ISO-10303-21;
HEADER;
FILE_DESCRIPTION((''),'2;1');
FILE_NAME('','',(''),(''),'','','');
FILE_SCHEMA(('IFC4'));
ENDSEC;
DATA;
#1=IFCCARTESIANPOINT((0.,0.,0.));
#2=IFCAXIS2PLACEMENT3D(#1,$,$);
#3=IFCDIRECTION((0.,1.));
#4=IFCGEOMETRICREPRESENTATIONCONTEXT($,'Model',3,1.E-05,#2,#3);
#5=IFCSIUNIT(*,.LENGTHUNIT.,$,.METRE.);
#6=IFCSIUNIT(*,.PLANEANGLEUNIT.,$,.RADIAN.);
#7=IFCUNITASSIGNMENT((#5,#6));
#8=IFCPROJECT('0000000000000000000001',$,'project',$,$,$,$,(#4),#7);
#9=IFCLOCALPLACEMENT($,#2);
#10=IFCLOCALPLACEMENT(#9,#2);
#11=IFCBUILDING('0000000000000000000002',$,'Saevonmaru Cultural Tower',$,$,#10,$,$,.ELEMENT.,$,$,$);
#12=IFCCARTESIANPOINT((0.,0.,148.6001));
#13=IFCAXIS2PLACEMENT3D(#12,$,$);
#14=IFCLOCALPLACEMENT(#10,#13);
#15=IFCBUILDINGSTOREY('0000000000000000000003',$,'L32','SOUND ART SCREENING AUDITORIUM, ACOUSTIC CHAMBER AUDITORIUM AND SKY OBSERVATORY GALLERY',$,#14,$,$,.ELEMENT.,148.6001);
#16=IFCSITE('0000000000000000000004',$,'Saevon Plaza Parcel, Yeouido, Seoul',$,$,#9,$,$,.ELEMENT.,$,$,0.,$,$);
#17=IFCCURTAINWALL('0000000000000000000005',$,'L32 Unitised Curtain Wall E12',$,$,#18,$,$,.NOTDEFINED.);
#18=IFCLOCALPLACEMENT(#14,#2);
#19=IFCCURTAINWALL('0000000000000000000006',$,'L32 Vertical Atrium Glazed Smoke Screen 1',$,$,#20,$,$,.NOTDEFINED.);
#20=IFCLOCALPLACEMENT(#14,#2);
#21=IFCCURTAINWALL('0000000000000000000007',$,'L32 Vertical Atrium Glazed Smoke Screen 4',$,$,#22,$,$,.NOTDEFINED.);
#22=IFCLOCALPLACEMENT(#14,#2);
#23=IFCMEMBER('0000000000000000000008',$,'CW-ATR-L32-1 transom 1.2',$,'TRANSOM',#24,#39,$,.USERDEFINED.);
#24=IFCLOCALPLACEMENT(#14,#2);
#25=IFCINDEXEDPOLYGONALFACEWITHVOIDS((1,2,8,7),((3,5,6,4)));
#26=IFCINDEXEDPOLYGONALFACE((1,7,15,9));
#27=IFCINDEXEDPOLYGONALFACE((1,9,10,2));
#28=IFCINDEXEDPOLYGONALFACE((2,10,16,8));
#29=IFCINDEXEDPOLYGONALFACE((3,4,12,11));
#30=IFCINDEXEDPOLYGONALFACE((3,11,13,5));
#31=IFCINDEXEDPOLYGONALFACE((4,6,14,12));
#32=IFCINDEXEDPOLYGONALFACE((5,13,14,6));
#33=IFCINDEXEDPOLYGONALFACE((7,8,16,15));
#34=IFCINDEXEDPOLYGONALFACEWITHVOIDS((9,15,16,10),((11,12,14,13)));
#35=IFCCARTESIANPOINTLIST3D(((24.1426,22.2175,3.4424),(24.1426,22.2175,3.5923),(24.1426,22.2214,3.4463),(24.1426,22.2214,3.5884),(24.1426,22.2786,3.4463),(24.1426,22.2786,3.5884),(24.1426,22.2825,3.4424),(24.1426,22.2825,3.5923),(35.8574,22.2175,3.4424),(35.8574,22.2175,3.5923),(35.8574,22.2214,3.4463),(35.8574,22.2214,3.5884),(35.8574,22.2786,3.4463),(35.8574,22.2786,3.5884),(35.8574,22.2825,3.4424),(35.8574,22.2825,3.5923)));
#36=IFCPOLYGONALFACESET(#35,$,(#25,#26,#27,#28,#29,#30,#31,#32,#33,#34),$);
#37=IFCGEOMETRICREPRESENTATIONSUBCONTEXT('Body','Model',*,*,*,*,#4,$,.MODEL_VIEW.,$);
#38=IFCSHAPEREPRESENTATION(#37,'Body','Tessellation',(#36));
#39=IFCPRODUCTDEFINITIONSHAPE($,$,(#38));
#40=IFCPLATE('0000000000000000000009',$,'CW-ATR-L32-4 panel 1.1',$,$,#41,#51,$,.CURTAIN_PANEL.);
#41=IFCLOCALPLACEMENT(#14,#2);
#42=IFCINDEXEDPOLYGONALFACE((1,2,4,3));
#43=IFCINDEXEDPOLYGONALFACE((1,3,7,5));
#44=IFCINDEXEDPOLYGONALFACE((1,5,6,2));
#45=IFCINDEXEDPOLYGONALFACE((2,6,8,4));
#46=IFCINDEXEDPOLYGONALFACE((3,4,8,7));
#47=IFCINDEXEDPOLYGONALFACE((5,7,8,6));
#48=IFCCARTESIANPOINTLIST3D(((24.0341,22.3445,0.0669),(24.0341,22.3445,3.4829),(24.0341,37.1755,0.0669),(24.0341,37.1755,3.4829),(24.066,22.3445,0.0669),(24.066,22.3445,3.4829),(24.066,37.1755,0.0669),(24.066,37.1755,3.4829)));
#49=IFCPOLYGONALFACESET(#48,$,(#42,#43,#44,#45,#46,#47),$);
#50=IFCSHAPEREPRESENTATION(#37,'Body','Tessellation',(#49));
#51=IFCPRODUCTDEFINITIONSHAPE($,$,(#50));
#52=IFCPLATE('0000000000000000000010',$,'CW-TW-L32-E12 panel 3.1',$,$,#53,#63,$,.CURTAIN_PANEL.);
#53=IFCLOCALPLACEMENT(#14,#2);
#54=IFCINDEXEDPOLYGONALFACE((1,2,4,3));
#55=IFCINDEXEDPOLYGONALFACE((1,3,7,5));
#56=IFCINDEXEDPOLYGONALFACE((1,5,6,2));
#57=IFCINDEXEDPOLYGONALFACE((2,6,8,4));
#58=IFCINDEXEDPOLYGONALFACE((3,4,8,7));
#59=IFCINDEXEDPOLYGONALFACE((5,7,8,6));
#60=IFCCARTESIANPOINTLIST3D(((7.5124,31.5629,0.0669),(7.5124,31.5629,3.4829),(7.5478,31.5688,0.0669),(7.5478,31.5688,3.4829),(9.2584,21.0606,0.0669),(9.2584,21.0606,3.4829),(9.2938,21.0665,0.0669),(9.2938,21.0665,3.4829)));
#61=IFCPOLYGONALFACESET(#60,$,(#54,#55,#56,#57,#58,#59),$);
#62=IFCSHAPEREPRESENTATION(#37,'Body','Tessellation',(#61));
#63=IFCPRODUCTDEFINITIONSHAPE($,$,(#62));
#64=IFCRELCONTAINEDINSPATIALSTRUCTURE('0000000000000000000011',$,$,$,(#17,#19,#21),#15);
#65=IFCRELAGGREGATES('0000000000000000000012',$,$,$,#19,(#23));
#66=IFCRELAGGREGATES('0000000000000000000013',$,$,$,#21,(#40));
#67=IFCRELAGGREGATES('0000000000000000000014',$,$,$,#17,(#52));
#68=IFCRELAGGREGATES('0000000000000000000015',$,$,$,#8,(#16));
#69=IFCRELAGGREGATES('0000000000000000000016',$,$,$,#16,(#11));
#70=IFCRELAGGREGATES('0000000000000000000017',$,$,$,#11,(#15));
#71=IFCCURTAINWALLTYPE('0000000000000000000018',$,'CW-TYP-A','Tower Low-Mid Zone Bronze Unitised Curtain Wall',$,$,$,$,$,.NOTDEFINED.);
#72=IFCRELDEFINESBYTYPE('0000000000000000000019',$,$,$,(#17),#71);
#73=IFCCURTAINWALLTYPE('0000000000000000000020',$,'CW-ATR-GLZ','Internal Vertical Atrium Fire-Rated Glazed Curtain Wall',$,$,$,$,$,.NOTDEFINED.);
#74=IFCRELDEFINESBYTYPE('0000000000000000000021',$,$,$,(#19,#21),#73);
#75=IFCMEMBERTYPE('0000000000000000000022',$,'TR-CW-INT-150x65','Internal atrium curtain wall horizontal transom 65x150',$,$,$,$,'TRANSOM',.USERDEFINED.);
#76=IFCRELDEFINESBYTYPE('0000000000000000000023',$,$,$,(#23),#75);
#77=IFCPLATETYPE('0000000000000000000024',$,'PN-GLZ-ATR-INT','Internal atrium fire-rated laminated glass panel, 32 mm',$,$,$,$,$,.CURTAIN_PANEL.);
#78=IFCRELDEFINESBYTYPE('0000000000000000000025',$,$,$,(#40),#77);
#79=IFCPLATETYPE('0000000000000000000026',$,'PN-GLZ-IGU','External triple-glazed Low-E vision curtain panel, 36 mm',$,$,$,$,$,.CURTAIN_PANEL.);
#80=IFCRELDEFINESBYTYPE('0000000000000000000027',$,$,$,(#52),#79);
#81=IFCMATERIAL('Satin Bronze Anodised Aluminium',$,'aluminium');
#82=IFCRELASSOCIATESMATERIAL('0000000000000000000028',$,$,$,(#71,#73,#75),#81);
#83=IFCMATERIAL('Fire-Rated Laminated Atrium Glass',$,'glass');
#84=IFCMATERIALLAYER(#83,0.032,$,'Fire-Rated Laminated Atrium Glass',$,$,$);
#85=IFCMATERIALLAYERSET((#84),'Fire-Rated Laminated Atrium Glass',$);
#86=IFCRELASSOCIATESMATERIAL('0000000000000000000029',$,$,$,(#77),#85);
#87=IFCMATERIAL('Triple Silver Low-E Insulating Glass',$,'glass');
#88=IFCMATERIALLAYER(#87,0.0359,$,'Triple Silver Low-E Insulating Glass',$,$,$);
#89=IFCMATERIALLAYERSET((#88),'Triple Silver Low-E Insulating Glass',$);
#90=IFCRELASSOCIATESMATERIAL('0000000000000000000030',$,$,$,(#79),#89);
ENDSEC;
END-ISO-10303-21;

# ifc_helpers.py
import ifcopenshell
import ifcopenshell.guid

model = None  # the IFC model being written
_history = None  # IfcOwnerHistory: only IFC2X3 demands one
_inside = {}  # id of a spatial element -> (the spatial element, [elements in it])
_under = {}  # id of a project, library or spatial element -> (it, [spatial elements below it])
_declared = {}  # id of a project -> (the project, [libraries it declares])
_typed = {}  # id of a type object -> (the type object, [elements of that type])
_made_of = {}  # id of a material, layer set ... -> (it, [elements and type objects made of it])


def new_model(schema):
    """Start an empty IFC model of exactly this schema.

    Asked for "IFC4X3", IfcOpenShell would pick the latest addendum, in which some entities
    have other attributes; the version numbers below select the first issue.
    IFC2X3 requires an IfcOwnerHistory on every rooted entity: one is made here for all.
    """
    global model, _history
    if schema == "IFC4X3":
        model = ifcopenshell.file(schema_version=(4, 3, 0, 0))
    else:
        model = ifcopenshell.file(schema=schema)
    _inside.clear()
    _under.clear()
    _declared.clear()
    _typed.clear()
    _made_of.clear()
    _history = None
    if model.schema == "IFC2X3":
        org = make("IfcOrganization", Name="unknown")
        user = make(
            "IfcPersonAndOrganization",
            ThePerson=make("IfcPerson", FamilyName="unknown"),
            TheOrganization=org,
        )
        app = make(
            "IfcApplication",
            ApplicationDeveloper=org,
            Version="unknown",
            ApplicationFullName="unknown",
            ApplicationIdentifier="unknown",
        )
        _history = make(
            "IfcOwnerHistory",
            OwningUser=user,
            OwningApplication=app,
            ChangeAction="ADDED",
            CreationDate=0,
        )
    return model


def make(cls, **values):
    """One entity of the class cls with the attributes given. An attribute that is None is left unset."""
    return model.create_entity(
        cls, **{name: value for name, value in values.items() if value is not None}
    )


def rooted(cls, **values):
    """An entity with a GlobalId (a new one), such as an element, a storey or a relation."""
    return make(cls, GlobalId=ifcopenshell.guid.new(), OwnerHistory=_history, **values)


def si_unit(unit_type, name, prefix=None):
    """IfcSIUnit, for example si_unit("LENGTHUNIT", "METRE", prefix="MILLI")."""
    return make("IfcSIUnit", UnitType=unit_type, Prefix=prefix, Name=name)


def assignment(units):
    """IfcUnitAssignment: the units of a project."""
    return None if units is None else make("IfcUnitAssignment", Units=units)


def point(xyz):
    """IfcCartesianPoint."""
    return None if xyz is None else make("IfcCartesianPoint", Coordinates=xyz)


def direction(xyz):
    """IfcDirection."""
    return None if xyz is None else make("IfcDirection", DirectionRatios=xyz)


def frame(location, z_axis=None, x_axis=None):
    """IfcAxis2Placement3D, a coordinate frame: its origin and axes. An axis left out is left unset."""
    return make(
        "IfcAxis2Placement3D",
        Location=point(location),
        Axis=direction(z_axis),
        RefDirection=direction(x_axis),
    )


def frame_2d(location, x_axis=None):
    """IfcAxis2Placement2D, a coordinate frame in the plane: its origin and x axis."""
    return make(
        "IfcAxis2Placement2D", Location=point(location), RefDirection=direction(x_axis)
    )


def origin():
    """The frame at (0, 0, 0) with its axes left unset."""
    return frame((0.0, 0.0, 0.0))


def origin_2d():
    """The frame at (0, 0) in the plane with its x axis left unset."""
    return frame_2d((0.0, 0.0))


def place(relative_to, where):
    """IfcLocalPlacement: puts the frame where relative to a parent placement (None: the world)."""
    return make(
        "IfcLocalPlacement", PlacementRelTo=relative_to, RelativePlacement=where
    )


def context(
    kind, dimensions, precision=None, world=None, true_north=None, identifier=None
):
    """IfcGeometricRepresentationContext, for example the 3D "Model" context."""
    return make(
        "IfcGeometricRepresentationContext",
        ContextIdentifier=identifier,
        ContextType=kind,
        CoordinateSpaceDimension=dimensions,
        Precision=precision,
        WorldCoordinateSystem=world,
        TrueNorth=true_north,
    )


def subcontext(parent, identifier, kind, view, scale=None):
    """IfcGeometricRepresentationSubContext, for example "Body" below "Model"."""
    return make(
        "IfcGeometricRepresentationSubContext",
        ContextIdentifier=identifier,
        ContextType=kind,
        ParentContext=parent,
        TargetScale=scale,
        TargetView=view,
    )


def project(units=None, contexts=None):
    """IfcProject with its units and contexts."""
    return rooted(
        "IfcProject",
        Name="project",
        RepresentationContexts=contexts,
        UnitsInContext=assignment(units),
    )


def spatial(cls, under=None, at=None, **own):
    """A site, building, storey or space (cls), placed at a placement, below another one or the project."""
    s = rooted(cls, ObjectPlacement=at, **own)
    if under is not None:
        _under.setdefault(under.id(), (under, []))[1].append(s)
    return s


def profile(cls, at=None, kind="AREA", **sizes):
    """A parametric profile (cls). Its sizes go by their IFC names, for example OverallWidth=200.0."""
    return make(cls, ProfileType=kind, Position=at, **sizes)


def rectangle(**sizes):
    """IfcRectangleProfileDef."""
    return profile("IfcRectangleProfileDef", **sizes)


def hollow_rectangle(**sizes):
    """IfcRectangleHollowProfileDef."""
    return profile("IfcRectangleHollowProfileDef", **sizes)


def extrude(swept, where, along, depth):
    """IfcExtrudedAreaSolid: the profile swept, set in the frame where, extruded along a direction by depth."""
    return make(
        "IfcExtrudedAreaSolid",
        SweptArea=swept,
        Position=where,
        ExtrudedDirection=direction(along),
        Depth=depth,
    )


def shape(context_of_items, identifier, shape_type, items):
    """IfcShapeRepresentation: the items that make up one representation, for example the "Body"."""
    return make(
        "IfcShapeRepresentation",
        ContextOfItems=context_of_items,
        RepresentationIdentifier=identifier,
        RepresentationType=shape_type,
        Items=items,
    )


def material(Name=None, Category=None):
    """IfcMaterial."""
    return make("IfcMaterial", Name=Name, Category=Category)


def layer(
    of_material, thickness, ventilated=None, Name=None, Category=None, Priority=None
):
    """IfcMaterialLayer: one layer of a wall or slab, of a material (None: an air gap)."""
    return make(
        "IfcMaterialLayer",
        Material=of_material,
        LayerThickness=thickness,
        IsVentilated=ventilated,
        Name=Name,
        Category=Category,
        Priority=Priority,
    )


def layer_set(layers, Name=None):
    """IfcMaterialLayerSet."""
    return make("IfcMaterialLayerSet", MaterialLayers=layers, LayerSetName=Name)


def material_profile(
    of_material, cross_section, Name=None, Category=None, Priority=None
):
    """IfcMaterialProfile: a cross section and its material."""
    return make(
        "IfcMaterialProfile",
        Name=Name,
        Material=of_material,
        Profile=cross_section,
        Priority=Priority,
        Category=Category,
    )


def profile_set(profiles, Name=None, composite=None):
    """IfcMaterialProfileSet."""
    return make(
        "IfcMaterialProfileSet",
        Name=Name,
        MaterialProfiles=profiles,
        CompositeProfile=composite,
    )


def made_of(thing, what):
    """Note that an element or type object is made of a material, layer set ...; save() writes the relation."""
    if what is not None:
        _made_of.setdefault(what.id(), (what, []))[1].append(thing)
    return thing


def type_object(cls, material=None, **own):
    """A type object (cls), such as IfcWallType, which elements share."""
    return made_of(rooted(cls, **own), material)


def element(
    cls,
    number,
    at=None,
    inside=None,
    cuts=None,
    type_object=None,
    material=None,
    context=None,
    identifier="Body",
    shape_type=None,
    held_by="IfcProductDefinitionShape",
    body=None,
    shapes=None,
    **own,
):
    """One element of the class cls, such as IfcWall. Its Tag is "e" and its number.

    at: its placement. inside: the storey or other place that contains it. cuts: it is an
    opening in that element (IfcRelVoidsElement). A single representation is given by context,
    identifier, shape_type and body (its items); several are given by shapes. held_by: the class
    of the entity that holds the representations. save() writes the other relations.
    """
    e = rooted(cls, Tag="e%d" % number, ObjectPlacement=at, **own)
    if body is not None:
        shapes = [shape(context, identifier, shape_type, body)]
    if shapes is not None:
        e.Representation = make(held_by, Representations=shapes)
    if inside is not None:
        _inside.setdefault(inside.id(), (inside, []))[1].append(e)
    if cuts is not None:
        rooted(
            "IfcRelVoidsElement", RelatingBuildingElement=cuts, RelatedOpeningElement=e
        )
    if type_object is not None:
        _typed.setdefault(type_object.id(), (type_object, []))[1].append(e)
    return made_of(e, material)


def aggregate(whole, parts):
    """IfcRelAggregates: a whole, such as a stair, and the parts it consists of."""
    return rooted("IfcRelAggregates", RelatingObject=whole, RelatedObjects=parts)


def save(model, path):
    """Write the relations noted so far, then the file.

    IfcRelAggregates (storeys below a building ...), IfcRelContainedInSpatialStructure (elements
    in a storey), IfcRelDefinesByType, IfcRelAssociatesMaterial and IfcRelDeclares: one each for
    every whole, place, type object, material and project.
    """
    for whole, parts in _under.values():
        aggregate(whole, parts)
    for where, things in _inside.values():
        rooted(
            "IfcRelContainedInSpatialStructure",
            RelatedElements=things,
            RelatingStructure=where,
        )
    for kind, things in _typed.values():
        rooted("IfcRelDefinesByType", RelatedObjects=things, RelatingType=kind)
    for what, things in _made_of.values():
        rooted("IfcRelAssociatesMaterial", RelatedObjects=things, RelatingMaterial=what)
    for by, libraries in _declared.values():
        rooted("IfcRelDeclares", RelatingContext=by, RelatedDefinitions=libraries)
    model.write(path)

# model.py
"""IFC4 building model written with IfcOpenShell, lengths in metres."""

from ifc_helpers import new_model, si_unit, direction, frame, origin, origin_2d, place, context, subcontext, project, spatial, rectangle, hollow_rectangle, extrude, material, layer, layer_set, material_profile, profile_set, type_object, element, aggregate, save


model = new_model("IFC4")

# Units and contexts
model_context = context("Model", 3, precision=1e-05, world=origin(), true_north=direction((0.0, 1.0)))
body_context = subcontext(model_context, "Body", "Model", "MODEL_VIEW")
ifc_project = project(units=[si_unit("LENGTHUNIT", "METRE"), si_unit("PLANEANGLEUNIT", "RADIAN")], contexts=[model_context])

# Site, building, storey
site_placement = place(None, origin())
site = spatial("IfcSite", under=ifc_project, at=site_placement, Name="Saevon Plaza Parcel, Yeouido, Seoul", CompositionType="ELEMENT", RefElevation=0.0)
building_placement = place(site_placement, origin())
building = spatial("IfcBuilding", under=site, at=building_placement, Name="Saevonmaru Cultural Tower", CompositionType="ELEMENT")
storey_placement = place(building_placement, frame((0.0, 0.0, 148.6001)))
storey = spatial("IfcBuildingStorey", under=building, at=storey_placement, Name="L32", Description="SOUND ART SCREENING AUDITORIUM, ACOUSTIC CHAMBER AUDITORIUM AND SKY OBSERVATORY GALLERY", CompositionType="ELEMENT", Elevation=148.6001)

# Curtain wall
ifc_material_1 = material(Name="Satin Bronze Anodised Aluminium", Category="aluminium")
curtain_wall_type_1 = type_object("IfcCurtainWallType", Name="CW-TYP-A", Description="Tower Low-Mid Zone Bronze Unitised Curtain Wall", PredefinedType="NOTDEFINED", material=ifc_material_1)
curtain_wall_1_placement = place(storey_placement, origin())
curtain_wall_1 = element("IfcCurtainWall", 1, at=curtain_wall_1_placement, inside=storey, type_object=curtain_wall_type_1, Name="L32 Unitised Curtain Wall E12", PredefinedType="NOTDEFINED")

# Curtain walls
curtain_wall_type_2 = type_object("IfcCurtainWallType", Name="CW-ATR-GLZ", Description="Internal Vertical Atrium Fire-Rated Glazed Curtain Wall", PredefinedType="NOTDEFINED", material=ifc_material_1)
curtain_wall_2_placement = place(storey_placement, origin())
curtain_wall_2 = element("IfcCurtainWall", 2, at=curtain_wall_2_placement, inside=storey, type_object=curtain_wall_type_2, Name="L32 Vertical Atrium Glazed Smoke Screen 1", PredefinedType="NOTDEFINED")
curtain_wall_3_placement = place(storey_placement, origin())
curtain_wall_3 = element("IfcCurtainWall", 3, at=curtain_wall_3_placement, inside=storey, type_object=curtain_wall_type_2, Name="L32 Vertical Atrium Glazed Smoke Screen 4", PredefinedType="NOTDEFINED")

# Member
ifc_material_profile_1 = material_profile(ifc_material_1, hollow_rectangle(XDim=0.0649, YDim=0.1499, WallThickness=0.0039, at=origin_2d()), Name="ALU-TRAN-150x65x4")
ifc_profile_set_1 = profile_set([ifc_material_profile_1], Name="Satin Bronze Anodised Aluminium")
member_type_1 = type_object("IfcMemberType", Name="TR-CW-INT-150x65", Description="Internal atrium curtain wall horizontal transom 65x150", ElementType="TRANSOM", PredefinedType="USERDEFINED", material=ifc_profile_set_1)
member_1_placement = place(storey_placement, frame((24.1426, 22.25, 3.5173), z_axis=(1.0, 0.0, 0.0), x_axis=(0.0, 1.0, 0.0)))
member_1 = element("IfcMember", 4, at=member_1_placement, type_object=member_type_1, Name="CW-ATR-L32-1 transom 1.2", ObjectType="TRANSOM", PredefinedType="USERDEFINED", context=body_context, shape_type="SweptSolid", body=[
    extrude(hollow_rectangle(XDim=0.0649, YDim=0.1499, WallThickness=0.0039, at=origin_2d()), origin(), (0.0, 0.0, 1.0), 11.7148),
])
aggregate(curtain_wall_2, [member_1])

# Plates
ifc_material_2 = material(Name="Fire-Rated Laminated Atrium Glass", Category="glass")
ifc_layer_1 = layer(ifc_material_2, 0.032, Name="Fire-Rated Laminated Atrium Glass")
ifc_layer_set_1 = layer_set([ifc_layer_1], Name="Fire-Rated Laminated Atrium Glass")
plate_type_1 = type_object("IfcPlateType", Name="PN-GLZ-ATR-INT", Description="Internal atrium fire-rated laminated glass panel, 32 mm", PredefinedType="CURTAIN_PANEL", material=ifc_layer_set_1)
plate_1_placement = place(storey_placement, frame((24.05, 29.76, 0.0669), z_axis=(0.0, 0.0, 1.0), x_axis=(0.0, -1.0, 0.0)))
plate_1 = element("IfcPlate", 5, at=plate_1_placement, type_object=plate_type_1, Name="CW-ATR-L32-4 panel 1.1", PredefinedType="CURTAIN_PANEL", context=body_context, shape_type="SweptSolid", body=[
    extrude(rectangle(XDim=14.8311, YDim=0.032, at=origin_2d()), origin(), (0.0, 0.0, 1.0), 3.416),
])
aggregate(curtain_wall_3, [plate_1])
ifc_material_3 = material(Name="Triple Silver Low-E Insulating Glass", Category="glass")
ifc_layer_2 = layer(ifc_material_3, 0.0359, Name="Triple Silver Low-E Insulating Glass")
ifc_layer_set_2 = layer_set([ifc_layer_2], Name="Triple Silver Low-E Insulating Glass")
plate_type_2 = type_object("IfcPlateType", Name="PN-GLZ-IGU", Description="External triple-glazed Low-E vision curtain panel, 36 mm", PredefinedType="CURTAIN_PANEL", material=ifc_layer_set_2)
plate_2_placement = place(storey_placement, frame((8.4031, 26.3147, 0.0669), z_axis=(0.0, 0.0, 1.0), x_axis=(0.163999, -0.986461, 0.0)))
plate_2 = element("IfcPlate", 6, at=plate_2_placement, type_object=plate_type_2, Name="CW-TW-L32-E12 panel 3.1", PredefinedType="CURTAIN_PANEL", context=body_context, shape_type="SweptSolid", body=[
    extrude(rectangle(XDim=10.6465, YDim=0.0359, at=origin_2d()), origin(), (0.0, 0.0, 1.0), 3.416),
])
aggregate(curtain_wall_1, [plate_2])

save(model, "model.ifc")
